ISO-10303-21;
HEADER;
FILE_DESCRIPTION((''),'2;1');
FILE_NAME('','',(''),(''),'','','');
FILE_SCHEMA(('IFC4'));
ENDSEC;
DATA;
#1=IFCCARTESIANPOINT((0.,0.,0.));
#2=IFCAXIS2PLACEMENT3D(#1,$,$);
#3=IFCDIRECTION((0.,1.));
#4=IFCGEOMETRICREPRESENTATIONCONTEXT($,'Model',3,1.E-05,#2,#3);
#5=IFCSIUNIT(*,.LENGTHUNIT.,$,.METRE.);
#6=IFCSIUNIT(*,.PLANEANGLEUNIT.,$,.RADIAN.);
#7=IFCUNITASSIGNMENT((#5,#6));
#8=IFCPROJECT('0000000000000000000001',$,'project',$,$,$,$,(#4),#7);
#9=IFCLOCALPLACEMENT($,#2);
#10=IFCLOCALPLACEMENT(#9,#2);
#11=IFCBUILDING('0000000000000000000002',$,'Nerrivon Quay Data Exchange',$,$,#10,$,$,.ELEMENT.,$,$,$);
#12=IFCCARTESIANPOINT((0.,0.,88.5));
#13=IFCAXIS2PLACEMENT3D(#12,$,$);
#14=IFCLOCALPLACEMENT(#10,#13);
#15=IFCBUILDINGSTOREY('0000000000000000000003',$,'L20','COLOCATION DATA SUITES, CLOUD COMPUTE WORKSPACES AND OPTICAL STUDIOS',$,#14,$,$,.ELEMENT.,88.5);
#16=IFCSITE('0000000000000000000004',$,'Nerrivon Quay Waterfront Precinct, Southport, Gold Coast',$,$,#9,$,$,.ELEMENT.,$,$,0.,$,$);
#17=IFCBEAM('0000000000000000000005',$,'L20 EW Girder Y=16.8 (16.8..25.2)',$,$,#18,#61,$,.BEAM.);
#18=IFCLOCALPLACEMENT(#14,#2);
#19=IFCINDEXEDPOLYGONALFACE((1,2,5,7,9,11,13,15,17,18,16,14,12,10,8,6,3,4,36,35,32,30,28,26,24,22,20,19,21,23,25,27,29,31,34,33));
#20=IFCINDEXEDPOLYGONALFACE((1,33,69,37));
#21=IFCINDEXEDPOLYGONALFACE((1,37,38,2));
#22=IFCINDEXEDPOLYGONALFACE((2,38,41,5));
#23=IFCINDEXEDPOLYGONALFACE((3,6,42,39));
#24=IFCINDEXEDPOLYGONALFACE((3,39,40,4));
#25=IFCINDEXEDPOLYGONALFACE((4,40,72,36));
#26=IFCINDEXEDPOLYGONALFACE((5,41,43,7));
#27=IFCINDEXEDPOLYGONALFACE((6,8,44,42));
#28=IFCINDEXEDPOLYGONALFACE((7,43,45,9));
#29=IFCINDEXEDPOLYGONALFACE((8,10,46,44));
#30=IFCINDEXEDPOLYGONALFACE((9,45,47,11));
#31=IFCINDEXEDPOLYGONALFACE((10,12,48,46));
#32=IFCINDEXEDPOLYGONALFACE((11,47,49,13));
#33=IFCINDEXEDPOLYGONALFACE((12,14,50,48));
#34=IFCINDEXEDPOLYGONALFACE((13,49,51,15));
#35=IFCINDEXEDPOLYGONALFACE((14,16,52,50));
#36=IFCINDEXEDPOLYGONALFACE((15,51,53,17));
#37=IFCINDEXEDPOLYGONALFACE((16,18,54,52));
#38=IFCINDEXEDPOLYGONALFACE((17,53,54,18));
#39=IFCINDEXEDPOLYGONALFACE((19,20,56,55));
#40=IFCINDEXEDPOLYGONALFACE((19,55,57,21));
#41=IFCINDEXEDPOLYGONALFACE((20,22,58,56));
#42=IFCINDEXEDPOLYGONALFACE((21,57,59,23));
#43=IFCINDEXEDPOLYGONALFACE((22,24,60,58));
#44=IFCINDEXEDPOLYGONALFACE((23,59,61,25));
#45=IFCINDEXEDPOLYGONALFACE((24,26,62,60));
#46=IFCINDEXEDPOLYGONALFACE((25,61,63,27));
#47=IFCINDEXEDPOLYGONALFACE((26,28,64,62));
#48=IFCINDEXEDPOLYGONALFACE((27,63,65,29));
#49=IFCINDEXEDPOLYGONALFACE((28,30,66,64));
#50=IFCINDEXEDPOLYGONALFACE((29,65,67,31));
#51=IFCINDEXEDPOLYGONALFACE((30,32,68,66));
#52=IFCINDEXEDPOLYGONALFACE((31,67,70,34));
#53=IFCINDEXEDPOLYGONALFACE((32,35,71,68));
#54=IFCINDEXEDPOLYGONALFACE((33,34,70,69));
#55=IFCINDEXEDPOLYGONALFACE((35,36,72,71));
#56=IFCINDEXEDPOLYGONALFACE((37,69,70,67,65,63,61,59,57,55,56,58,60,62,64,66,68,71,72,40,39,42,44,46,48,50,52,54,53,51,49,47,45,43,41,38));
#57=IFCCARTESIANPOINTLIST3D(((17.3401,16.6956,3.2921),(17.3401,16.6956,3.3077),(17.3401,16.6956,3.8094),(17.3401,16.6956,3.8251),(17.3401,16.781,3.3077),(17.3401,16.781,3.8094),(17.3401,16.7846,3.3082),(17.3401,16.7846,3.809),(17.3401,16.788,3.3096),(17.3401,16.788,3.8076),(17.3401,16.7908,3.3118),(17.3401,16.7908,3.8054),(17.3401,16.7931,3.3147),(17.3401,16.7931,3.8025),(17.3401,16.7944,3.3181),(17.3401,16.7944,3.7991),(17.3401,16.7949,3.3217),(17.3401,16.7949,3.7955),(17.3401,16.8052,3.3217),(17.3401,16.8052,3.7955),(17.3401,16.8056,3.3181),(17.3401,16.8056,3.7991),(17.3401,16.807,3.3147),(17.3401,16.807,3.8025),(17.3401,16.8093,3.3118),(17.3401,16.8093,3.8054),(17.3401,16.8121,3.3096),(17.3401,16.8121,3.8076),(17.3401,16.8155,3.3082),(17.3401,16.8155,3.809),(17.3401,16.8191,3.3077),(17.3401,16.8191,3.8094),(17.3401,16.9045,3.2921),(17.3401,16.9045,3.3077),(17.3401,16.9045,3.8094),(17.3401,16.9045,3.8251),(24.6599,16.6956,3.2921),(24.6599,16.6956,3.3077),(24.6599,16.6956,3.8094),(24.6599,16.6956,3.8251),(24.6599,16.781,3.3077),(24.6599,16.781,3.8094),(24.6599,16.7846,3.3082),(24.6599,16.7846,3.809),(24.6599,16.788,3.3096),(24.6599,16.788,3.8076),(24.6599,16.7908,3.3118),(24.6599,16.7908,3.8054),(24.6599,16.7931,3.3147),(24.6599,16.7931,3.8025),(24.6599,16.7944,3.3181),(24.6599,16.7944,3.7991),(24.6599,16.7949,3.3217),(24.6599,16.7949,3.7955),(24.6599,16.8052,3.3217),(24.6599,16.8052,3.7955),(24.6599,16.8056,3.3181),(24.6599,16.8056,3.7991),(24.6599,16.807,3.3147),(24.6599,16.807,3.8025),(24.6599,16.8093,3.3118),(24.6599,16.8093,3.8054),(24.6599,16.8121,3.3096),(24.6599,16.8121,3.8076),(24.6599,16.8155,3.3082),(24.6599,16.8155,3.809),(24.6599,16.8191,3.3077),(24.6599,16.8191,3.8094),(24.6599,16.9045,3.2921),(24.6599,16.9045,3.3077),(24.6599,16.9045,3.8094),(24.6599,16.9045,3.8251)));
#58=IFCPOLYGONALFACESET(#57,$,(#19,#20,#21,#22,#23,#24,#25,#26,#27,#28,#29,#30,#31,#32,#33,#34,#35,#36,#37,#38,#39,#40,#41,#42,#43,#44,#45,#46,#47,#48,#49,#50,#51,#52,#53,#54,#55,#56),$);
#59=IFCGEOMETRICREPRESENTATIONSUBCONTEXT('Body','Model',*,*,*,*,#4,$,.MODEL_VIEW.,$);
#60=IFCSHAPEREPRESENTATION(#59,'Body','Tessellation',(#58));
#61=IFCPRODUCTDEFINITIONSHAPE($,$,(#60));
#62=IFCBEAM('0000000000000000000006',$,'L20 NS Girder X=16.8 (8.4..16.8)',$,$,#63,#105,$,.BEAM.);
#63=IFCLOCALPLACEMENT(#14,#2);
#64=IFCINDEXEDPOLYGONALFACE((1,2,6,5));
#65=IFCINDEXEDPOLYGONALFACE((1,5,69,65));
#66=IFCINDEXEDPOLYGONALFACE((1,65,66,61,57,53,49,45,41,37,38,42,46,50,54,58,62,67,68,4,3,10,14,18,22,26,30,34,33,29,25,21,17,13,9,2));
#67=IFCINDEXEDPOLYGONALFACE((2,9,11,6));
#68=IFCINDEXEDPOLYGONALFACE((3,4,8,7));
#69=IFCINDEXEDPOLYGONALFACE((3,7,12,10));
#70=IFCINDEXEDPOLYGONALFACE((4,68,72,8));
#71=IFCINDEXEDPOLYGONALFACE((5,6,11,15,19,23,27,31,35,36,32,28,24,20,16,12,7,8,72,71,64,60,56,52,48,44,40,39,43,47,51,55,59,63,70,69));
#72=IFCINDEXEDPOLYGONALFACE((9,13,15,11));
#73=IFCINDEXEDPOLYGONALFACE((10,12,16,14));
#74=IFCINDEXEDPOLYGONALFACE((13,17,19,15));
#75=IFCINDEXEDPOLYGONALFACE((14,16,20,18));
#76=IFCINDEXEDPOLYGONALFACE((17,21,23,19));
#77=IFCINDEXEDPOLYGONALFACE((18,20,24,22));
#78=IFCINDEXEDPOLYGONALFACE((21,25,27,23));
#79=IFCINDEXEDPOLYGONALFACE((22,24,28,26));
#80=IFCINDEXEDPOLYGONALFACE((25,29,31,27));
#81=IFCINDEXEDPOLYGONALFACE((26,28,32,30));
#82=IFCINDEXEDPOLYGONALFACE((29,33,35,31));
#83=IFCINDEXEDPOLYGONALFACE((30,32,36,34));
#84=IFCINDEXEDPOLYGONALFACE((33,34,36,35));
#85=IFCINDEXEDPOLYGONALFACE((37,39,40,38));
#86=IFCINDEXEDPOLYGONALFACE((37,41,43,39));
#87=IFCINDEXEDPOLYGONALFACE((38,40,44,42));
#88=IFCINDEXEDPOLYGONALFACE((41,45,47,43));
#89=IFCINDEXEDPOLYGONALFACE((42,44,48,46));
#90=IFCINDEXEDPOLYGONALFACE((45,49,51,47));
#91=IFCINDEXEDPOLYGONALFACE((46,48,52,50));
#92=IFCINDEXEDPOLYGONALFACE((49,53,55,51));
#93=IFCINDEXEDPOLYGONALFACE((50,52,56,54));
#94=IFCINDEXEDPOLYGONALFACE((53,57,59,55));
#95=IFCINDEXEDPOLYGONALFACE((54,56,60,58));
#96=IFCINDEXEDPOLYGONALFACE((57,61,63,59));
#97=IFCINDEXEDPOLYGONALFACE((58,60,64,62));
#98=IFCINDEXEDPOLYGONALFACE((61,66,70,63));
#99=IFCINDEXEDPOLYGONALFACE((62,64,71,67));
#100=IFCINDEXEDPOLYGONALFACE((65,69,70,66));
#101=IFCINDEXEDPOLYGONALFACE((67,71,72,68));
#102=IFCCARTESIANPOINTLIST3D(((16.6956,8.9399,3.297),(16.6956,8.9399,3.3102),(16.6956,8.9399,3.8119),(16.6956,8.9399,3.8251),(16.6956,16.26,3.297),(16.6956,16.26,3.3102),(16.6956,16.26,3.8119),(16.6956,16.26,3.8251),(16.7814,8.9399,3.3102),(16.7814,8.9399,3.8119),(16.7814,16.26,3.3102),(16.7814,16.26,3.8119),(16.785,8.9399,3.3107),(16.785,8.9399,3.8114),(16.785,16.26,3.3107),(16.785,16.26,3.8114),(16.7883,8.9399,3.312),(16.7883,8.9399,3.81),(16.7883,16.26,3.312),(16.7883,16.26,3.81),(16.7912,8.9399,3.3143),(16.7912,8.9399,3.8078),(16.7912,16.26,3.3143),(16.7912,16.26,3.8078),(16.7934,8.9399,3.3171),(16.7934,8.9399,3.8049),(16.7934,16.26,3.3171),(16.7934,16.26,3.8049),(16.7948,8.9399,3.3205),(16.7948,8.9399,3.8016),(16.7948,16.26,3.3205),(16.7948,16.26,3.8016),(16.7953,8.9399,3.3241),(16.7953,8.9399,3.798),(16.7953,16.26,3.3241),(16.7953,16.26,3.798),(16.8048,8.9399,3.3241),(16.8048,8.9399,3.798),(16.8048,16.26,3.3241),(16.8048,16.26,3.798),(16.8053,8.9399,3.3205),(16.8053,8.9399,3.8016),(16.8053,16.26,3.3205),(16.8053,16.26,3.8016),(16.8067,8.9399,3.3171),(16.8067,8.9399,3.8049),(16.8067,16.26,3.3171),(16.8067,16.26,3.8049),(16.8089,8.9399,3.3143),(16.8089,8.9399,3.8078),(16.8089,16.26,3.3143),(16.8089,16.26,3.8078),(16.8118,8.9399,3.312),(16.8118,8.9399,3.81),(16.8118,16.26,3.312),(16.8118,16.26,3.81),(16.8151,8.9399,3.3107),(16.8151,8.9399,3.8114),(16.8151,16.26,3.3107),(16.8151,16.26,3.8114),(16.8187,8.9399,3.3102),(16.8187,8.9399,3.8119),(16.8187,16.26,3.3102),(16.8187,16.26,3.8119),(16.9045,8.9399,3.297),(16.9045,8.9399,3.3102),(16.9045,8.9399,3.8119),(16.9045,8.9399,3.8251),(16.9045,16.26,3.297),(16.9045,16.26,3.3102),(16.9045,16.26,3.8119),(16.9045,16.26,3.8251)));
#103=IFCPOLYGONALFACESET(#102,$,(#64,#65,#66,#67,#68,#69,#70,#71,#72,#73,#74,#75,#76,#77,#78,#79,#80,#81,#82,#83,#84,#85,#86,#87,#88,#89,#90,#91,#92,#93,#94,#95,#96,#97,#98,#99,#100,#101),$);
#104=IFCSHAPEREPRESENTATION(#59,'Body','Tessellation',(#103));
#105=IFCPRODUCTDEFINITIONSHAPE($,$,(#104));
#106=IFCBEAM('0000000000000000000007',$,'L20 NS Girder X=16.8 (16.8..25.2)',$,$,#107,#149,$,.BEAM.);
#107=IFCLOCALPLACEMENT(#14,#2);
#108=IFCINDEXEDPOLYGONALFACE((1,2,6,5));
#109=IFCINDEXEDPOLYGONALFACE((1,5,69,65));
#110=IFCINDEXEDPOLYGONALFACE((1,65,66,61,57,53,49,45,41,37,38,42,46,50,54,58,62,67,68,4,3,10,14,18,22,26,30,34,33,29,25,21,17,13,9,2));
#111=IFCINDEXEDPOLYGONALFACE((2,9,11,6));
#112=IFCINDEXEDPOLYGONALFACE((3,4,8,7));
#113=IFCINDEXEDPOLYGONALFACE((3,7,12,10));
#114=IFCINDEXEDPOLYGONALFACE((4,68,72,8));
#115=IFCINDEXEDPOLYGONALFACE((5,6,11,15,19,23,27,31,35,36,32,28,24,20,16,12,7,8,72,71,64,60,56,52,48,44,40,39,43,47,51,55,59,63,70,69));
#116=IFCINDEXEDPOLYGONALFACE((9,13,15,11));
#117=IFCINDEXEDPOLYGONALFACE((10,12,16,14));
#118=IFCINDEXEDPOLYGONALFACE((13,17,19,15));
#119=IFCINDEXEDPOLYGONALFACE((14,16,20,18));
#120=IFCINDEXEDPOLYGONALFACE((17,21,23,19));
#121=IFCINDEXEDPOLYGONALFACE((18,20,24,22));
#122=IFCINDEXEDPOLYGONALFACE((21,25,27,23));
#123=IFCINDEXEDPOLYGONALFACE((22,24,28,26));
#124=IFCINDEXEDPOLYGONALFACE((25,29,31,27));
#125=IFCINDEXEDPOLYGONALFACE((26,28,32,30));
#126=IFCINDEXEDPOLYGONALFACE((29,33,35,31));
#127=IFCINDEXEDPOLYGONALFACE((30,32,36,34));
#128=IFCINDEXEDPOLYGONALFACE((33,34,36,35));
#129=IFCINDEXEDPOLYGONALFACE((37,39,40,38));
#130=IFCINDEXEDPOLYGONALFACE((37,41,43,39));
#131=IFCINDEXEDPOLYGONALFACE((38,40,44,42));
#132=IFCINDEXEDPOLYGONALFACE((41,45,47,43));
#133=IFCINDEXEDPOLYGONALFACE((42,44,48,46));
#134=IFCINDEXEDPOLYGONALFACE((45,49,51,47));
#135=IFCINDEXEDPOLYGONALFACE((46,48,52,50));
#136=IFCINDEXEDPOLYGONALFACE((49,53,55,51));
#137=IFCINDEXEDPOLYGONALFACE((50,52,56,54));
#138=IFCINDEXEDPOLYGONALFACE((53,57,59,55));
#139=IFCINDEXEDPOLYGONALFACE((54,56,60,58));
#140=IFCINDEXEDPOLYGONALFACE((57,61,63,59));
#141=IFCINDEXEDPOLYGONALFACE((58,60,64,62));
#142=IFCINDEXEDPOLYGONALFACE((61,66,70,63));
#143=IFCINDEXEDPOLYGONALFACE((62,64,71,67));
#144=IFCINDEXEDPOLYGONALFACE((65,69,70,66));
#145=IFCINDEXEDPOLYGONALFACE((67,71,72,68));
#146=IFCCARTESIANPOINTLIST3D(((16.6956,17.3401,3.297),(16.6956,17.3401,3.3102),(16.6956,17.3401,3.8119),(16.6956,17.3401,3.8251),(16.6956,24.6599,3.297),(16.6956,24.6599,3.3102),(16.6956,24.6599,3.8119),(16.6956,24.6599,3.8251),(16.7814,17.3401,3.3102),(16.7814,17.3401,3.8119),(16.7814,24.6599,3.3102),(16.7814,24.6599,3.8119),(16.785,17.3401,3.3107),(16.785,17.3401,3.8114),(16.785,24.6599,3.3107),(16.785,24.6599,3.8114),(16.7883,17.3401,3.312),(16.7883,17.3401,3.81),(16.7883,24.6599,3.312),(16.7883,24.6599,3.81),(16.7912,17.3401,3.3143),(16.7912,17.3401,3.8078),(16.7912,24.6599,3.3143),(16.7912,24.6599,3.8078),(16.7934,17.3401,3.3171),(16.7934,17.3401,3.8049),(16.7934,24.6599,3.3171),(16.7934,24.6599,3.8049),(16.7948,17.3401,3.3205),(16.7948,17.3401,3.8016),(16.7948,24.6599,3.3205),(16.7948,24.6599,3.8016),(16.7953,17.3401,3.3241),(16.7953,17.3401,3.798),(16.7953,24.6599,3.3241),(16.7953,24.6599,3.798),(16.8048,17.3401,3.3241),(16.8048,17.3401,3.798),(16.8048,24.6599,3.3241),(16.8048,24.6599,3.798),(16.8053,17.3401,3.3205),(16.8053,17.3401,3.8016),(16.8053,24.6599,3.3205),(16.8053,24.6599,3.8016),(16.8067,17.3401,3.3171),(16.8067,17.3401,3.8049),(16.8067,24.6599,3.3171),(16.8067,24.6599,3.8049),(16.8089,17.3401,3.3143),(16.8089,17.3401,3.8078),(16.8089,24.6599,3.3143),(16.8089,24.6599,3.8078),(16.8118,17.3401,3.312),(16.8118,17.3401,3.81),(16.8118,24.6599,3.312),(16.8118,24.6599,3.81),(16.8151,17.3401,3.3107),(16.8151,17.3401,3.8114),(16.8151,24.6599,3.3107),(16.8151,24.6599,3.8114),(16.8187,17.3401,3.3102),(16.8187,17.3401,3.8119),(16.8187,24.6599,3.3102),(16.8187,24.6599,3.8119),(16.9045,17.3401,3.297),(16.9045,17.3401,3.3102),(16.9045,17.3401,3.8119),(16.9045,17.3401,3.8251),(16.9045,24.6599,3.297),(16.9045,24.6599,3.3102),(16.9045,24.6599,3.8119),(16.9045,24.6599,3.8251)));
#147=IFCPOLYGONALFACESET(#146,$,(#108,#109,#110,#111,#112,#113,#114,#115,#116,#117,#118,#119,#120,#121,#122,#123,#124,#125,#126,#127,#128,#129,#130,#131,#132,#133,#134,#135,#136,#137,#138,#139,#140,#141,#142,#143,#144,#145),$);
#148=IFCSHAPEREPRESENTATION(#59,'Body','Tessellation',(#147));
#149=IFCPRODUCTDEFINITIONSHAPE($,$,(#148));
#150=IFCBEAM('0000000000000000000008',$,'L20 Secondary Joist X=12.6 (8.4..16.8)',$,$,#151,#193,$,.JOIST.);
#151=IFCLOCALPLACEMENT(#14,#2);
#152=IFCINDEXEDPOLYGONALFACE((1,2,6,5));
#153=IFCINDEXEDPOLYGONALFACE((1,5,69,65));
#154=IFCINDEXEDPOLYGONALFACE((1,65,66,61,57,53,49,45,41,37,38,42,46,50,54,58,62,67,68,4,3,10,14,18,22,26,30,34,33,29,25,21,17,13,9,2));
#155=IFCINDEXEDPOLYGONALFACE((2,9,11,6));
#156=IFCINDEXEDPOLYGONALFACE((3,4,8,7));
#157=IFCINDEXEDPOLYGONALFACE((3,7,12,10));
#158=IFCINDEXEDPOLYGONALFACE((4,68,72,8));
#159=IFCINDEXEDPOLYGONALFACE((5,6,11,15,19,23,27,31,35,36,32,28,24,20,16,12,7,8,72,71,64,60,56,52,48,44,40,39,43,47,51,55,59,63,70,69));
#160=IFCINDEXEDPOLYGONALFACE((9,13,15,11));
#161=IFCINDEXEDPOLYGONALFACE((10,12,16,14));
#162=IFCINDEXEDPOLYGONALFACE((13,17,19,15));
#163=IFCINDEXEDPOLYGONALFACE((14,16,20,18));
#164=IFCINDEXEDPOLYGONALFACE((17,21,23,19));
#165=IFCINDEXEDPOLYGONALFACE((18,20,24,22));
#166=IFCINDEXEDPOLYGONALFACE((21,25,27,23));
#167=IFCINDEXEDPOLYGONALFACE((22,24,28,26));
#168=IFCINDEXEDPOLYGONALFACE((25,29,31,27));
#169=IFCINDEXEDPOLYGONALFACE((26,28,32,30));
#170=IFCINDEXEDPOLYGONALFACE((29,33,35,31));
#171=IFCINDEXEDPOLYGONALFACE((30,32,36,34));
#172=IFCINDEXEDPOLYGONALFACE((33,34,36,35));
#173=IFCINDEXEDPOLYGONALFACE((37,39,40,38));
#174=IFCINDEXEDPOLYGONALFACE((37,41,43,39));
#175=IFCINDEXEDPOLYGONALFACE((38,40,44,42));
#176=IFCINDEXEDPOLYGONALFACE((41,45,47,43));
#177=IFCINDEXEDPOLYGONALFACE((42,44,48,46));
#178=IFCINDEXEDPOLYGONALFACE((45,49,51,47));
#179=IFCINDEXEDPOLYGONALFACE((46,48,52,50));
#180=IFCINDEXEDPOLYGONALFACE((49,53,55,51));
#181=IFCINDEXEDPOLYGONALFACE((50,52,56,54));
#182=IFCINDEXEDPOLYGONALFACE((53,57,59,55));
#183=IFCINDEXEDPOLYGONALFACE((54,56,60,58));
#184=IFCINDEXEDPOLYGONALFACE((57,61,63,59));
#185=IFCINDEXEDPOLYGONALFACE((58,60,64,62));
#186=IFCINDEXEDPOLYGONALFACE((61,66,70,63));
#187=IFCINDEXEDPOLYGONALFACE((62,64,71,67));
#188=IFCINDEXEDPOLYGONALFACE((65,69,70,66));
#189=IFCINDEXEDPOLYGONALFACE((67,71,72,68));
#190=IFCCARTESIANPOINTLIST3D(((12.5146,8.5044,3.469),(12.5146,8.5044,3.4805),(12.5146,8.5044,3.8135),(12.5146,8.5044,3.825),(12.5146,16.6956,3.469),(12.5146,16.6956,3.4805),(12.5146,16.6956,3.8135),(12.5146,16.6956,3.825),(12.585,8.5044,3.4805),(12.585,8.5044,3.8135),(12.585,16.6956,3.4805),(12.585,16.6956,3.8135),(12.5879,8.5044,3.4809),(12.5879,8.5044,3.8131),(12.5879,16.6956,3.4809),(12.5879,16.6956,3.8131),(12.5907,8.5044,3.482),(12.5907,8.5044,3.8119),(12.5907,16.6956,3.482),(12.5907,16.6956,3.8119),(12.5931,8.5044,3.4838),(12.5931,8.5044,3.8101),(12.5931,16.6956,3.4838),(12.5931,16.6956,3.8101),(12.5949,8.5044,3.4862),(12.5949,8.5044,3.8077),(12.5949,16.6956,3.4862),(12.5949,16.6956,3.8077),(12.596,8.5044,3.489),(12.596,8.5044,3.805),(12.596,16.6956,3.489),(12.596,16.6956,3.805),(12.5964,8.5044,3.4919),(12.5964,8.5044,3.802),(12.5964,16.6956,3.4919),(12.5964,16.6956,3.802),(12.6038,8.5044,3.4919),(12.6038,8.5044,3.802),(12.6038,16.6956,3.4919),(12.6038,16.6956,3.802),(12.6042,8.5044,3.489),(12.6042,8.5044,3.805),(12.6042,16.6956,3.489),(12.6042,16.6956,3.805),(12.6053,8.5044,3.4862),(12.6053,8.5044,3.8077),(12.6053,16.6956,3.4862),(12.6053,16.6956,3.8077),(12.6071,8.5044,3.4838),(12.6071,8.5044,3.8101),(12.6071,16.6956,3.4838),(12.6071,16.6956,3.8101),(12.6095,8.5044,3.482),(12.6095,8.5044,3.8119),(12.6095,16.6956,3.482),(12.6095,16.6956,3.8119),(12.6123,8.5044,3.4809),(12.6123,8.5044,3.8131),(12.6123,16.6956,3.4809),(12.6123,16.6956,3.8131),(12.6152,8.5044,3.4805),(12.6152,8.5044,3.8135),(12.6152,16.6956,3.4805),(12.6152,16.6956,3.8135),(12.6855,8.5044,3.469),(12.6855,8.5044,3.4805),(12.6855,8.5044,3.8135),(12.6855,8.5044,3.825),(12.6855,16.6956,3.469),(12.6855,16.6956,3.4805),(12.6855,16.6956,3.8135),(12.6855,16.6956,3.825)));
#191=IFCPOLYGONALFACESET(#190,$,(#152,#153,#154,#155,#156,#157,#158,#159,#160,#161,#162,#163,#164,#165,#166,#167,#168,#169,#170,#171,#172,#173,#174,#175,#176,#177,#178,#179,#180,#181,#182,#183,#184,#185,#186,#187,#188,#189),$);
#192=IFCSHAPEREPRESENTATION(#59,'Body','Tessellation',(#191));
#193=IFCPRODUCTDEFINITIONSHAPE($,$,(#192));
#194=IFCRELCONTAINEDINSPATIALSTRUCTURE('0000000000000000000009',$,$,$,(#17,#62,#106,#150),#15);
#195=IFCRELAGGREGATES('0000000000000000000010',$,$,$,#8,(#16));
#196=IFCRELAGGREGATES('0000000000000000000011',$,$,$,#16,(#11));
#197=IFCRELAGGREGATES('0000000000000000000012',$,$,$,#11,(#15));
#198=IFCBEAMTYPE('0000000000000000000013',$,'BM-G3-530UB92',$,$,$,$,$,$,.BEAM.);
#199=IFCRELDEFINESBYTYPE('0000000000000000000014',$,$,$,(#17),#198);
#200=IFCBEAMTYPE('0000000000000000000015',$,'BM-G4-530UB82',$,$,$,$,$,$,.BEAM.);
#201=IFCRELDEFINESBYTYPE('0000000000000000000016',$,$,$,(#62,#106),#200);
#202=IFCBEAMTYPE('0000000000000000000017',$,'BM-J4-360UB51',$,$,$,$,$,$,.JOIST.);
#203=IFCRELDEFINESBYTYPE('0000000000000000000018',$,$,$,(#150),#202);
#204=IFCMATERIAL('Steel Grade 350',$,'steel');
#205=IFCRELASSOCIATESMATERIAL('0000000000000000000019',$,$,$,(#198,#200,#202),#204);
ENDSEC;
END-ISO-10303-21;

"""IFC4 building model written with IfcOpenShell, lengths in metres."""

from ifc_helpers import new_model, si_unit, direction, frame, origin, origin_2d, place, context, subcontext, project, spatial, i_section, extrude, material, material_profile, profile_set, type_object, element, save


model = new_model("IFC4")

# Units and contexts
model_context = context("Model", 3, precision=1e-05, world=origin(), true_north=direction((0.0, 1.0)))
body_context = subcontext(model_context, "Body", "Model", "MODEL_VIEW")
ifc_project = project(units=[si_unit("LENGTHUNIT", "METRE"), si_unit("PLANEANGLEUNIT", "RADIAN")], contexts=[model_context])

# Site, building, storey
site_placement = place(None, origin())
site = spatial("IfcSite", under=ifc_project, at=site_placement, Name="Nerrivon Quay Waterfront Precinct, Southport, Gold Coast", CompositionType="ELEMENT", RefElevation=0.0)
building_placement = place(site_placement, origin())
building = spatial("IfcBuilding", under=site, at=building_placement, Name="Nerrivon Quay Data Exchange", CompositionType="ELEMENT")
storey_placement = place(building_placement, frame((0.0, 0.0, 88.5)))
storey = spatial("IfcBuildingStorey", under=building, at=storey_placement, Name="L20", Description="COLOCATION DATA SUITES, CLOUD COMPUTE WORKSPACES AND OPTICAL STUDIOS", CompositionType="ELEMENT", Elevation=88.5)

# Beams
ifc_material_1 = material(Name="Steel Grade 350", Category="steel")
ifc_material_profile_1 = material_profile(ifc_material_1, i_section(OverallWidth=0.209, OverallDepth=0.533, WebThickness=0.0103, FlangeThickness=0.0156, FilletRadius=0.0139, at=origin_2d()), Name="530UB92.4")
ifc_profile_set_1 = profile_set([ifc_material_profile_1], Name="Steel Grade 350")
beam_type_1 = type_object("IfcBeamType", Name="BM-G3-530UB92", PredefinedType="BEAM", material=ifc_profile_set_1)
beam_1_placement = place(storey_placement, frame((17.3401, 16.8, 3.5586), z_axis=(1.0, 0.0, 0.0), x_axis=(0.0, 1.0, 0.0)))
element("IfcBeam", 1, at=beam_1_placement, inside=storey, type_object=beam_type_1, Name="L20 EW Girder Y=16.8 (16.8..25.2)", PredefinedType="BEAM", context=body_context, shape_type="SweptSolid", body=[
    extrude(i_section(OverallWidth=0.209, OverallDepth=0.533, WebThickness=0.0103, FlangeThickness=0.0156, FilletRadius=0.0139, at=origin_2d()), origin(), (0.0, 0.0, 1.0), 7.3198),
])
ifc_material_profile_2 = material_profile(ifc_material_1, i_section(OverallWidth=0.209, OverallDepth=0.5281, WebThickness=0.0095, FlangeThickness=0.0132, FilletRadius=0.0139, at=origin_2d()), Name="530UB82.0")
ifc_profile_set_2 = profile_set([ifc_material_profile_2], Name="Steel Grade 350")
beam_type_2 = type_object("IfcBeamType", Name="BM-G4-530UB82", PredefinedType="BEAM", material=ifc_profile_set_2)
beam_2_placement = place(storey_placement, frame((16.8, 8.9399, 3.561), z_axis=(0.0, 1.0, 0.0), x_axis=(-1.0, 0.0, 0.0)))
element("IfcBeam", 2, at=beam_2_placement, inside=storey, type_object=beam_type_2, Name="L20 NS Girder X=16.8 (8.4..16.8)", PredefinedType="BEAM", context=body_context, shape_type="SweptSolid", body=[
    extrude(i_section(OverallWidth=0.209, OverallDepth=0.5281, WebThickness=0.0095, FlangeThickness=0.0132, FilletRadius=0.0139, at=origin_2d()), origin(), (0.0, 0.0, 1.0), 7.3201),
])
beam_3_placement = place(storey_placement, frame((16.8, 17.3401, 3.561), z_axis=(0.0, 1.0, 0.0), x_axis=(-1.0, 0.0, 0.0)))
element("IfcBeam", 3, at=beam_3_placement, inside=storey, type_object=beam_type_2, Name="L20 NS Girder X=16.8 (16.8..25.2)", PredefinedType="BEAM", context=body_context, shape_type="SweptSolid", body=[
    extrude(i_section(OverallWidth=0.209, OverallDepth=0.5281, WebThickness=0.0095, FlangeThickness=0.0132, FilletRadius=0.0139, at=origin_2d()), origin(), (0.0, 0.0, 1.0), 7.3198),
])
ifc_material_profile_3 = material_profile(ifc_material_1, i_section(OverallWidth=0.1709, OverallDepth=0.356, WebThickness=0.0073, FlangeThickness=0.0115, FilletRadius=0.0115, at=origin_2d()), Name="360UB50.7")
ifc_profile_set_3 = profile_set([ifc_material_profile_3], Name="Steel Grade 350")
beam_type_3 = type_object("IfcBeamType", Name="BM-J4-360UB51", PredefinedType="JOIST", material=ifc_profile_set_3)
beam_4_placement = place(storey_placement, frame((12.6001, 8.5044, 3.647), z_axis=(0.0, 1.0, 0.0), x_axis=(-1.0, 0.0, 0.0)))
element("IfcBeam", 4, at=beam_4_placement, inside=storey, type_object=beam_type_3, Name="L20 Secondary Joist X=12.6 (8.4..16.8)", PredefinedType="JOIST", context=body_context, shape_type="SweptSolid", body=[
    extrude(i_section(OverallWidth=0.1709, OverallDepth=0.356, WebThickness=0.0073, FlangeThickness=0.0115, FilletRadius=0.0115, at=origin_2d()), origin(), (0.0, 0.0, 1.0), 8.1912),
])

save(model, "model.ifc")
